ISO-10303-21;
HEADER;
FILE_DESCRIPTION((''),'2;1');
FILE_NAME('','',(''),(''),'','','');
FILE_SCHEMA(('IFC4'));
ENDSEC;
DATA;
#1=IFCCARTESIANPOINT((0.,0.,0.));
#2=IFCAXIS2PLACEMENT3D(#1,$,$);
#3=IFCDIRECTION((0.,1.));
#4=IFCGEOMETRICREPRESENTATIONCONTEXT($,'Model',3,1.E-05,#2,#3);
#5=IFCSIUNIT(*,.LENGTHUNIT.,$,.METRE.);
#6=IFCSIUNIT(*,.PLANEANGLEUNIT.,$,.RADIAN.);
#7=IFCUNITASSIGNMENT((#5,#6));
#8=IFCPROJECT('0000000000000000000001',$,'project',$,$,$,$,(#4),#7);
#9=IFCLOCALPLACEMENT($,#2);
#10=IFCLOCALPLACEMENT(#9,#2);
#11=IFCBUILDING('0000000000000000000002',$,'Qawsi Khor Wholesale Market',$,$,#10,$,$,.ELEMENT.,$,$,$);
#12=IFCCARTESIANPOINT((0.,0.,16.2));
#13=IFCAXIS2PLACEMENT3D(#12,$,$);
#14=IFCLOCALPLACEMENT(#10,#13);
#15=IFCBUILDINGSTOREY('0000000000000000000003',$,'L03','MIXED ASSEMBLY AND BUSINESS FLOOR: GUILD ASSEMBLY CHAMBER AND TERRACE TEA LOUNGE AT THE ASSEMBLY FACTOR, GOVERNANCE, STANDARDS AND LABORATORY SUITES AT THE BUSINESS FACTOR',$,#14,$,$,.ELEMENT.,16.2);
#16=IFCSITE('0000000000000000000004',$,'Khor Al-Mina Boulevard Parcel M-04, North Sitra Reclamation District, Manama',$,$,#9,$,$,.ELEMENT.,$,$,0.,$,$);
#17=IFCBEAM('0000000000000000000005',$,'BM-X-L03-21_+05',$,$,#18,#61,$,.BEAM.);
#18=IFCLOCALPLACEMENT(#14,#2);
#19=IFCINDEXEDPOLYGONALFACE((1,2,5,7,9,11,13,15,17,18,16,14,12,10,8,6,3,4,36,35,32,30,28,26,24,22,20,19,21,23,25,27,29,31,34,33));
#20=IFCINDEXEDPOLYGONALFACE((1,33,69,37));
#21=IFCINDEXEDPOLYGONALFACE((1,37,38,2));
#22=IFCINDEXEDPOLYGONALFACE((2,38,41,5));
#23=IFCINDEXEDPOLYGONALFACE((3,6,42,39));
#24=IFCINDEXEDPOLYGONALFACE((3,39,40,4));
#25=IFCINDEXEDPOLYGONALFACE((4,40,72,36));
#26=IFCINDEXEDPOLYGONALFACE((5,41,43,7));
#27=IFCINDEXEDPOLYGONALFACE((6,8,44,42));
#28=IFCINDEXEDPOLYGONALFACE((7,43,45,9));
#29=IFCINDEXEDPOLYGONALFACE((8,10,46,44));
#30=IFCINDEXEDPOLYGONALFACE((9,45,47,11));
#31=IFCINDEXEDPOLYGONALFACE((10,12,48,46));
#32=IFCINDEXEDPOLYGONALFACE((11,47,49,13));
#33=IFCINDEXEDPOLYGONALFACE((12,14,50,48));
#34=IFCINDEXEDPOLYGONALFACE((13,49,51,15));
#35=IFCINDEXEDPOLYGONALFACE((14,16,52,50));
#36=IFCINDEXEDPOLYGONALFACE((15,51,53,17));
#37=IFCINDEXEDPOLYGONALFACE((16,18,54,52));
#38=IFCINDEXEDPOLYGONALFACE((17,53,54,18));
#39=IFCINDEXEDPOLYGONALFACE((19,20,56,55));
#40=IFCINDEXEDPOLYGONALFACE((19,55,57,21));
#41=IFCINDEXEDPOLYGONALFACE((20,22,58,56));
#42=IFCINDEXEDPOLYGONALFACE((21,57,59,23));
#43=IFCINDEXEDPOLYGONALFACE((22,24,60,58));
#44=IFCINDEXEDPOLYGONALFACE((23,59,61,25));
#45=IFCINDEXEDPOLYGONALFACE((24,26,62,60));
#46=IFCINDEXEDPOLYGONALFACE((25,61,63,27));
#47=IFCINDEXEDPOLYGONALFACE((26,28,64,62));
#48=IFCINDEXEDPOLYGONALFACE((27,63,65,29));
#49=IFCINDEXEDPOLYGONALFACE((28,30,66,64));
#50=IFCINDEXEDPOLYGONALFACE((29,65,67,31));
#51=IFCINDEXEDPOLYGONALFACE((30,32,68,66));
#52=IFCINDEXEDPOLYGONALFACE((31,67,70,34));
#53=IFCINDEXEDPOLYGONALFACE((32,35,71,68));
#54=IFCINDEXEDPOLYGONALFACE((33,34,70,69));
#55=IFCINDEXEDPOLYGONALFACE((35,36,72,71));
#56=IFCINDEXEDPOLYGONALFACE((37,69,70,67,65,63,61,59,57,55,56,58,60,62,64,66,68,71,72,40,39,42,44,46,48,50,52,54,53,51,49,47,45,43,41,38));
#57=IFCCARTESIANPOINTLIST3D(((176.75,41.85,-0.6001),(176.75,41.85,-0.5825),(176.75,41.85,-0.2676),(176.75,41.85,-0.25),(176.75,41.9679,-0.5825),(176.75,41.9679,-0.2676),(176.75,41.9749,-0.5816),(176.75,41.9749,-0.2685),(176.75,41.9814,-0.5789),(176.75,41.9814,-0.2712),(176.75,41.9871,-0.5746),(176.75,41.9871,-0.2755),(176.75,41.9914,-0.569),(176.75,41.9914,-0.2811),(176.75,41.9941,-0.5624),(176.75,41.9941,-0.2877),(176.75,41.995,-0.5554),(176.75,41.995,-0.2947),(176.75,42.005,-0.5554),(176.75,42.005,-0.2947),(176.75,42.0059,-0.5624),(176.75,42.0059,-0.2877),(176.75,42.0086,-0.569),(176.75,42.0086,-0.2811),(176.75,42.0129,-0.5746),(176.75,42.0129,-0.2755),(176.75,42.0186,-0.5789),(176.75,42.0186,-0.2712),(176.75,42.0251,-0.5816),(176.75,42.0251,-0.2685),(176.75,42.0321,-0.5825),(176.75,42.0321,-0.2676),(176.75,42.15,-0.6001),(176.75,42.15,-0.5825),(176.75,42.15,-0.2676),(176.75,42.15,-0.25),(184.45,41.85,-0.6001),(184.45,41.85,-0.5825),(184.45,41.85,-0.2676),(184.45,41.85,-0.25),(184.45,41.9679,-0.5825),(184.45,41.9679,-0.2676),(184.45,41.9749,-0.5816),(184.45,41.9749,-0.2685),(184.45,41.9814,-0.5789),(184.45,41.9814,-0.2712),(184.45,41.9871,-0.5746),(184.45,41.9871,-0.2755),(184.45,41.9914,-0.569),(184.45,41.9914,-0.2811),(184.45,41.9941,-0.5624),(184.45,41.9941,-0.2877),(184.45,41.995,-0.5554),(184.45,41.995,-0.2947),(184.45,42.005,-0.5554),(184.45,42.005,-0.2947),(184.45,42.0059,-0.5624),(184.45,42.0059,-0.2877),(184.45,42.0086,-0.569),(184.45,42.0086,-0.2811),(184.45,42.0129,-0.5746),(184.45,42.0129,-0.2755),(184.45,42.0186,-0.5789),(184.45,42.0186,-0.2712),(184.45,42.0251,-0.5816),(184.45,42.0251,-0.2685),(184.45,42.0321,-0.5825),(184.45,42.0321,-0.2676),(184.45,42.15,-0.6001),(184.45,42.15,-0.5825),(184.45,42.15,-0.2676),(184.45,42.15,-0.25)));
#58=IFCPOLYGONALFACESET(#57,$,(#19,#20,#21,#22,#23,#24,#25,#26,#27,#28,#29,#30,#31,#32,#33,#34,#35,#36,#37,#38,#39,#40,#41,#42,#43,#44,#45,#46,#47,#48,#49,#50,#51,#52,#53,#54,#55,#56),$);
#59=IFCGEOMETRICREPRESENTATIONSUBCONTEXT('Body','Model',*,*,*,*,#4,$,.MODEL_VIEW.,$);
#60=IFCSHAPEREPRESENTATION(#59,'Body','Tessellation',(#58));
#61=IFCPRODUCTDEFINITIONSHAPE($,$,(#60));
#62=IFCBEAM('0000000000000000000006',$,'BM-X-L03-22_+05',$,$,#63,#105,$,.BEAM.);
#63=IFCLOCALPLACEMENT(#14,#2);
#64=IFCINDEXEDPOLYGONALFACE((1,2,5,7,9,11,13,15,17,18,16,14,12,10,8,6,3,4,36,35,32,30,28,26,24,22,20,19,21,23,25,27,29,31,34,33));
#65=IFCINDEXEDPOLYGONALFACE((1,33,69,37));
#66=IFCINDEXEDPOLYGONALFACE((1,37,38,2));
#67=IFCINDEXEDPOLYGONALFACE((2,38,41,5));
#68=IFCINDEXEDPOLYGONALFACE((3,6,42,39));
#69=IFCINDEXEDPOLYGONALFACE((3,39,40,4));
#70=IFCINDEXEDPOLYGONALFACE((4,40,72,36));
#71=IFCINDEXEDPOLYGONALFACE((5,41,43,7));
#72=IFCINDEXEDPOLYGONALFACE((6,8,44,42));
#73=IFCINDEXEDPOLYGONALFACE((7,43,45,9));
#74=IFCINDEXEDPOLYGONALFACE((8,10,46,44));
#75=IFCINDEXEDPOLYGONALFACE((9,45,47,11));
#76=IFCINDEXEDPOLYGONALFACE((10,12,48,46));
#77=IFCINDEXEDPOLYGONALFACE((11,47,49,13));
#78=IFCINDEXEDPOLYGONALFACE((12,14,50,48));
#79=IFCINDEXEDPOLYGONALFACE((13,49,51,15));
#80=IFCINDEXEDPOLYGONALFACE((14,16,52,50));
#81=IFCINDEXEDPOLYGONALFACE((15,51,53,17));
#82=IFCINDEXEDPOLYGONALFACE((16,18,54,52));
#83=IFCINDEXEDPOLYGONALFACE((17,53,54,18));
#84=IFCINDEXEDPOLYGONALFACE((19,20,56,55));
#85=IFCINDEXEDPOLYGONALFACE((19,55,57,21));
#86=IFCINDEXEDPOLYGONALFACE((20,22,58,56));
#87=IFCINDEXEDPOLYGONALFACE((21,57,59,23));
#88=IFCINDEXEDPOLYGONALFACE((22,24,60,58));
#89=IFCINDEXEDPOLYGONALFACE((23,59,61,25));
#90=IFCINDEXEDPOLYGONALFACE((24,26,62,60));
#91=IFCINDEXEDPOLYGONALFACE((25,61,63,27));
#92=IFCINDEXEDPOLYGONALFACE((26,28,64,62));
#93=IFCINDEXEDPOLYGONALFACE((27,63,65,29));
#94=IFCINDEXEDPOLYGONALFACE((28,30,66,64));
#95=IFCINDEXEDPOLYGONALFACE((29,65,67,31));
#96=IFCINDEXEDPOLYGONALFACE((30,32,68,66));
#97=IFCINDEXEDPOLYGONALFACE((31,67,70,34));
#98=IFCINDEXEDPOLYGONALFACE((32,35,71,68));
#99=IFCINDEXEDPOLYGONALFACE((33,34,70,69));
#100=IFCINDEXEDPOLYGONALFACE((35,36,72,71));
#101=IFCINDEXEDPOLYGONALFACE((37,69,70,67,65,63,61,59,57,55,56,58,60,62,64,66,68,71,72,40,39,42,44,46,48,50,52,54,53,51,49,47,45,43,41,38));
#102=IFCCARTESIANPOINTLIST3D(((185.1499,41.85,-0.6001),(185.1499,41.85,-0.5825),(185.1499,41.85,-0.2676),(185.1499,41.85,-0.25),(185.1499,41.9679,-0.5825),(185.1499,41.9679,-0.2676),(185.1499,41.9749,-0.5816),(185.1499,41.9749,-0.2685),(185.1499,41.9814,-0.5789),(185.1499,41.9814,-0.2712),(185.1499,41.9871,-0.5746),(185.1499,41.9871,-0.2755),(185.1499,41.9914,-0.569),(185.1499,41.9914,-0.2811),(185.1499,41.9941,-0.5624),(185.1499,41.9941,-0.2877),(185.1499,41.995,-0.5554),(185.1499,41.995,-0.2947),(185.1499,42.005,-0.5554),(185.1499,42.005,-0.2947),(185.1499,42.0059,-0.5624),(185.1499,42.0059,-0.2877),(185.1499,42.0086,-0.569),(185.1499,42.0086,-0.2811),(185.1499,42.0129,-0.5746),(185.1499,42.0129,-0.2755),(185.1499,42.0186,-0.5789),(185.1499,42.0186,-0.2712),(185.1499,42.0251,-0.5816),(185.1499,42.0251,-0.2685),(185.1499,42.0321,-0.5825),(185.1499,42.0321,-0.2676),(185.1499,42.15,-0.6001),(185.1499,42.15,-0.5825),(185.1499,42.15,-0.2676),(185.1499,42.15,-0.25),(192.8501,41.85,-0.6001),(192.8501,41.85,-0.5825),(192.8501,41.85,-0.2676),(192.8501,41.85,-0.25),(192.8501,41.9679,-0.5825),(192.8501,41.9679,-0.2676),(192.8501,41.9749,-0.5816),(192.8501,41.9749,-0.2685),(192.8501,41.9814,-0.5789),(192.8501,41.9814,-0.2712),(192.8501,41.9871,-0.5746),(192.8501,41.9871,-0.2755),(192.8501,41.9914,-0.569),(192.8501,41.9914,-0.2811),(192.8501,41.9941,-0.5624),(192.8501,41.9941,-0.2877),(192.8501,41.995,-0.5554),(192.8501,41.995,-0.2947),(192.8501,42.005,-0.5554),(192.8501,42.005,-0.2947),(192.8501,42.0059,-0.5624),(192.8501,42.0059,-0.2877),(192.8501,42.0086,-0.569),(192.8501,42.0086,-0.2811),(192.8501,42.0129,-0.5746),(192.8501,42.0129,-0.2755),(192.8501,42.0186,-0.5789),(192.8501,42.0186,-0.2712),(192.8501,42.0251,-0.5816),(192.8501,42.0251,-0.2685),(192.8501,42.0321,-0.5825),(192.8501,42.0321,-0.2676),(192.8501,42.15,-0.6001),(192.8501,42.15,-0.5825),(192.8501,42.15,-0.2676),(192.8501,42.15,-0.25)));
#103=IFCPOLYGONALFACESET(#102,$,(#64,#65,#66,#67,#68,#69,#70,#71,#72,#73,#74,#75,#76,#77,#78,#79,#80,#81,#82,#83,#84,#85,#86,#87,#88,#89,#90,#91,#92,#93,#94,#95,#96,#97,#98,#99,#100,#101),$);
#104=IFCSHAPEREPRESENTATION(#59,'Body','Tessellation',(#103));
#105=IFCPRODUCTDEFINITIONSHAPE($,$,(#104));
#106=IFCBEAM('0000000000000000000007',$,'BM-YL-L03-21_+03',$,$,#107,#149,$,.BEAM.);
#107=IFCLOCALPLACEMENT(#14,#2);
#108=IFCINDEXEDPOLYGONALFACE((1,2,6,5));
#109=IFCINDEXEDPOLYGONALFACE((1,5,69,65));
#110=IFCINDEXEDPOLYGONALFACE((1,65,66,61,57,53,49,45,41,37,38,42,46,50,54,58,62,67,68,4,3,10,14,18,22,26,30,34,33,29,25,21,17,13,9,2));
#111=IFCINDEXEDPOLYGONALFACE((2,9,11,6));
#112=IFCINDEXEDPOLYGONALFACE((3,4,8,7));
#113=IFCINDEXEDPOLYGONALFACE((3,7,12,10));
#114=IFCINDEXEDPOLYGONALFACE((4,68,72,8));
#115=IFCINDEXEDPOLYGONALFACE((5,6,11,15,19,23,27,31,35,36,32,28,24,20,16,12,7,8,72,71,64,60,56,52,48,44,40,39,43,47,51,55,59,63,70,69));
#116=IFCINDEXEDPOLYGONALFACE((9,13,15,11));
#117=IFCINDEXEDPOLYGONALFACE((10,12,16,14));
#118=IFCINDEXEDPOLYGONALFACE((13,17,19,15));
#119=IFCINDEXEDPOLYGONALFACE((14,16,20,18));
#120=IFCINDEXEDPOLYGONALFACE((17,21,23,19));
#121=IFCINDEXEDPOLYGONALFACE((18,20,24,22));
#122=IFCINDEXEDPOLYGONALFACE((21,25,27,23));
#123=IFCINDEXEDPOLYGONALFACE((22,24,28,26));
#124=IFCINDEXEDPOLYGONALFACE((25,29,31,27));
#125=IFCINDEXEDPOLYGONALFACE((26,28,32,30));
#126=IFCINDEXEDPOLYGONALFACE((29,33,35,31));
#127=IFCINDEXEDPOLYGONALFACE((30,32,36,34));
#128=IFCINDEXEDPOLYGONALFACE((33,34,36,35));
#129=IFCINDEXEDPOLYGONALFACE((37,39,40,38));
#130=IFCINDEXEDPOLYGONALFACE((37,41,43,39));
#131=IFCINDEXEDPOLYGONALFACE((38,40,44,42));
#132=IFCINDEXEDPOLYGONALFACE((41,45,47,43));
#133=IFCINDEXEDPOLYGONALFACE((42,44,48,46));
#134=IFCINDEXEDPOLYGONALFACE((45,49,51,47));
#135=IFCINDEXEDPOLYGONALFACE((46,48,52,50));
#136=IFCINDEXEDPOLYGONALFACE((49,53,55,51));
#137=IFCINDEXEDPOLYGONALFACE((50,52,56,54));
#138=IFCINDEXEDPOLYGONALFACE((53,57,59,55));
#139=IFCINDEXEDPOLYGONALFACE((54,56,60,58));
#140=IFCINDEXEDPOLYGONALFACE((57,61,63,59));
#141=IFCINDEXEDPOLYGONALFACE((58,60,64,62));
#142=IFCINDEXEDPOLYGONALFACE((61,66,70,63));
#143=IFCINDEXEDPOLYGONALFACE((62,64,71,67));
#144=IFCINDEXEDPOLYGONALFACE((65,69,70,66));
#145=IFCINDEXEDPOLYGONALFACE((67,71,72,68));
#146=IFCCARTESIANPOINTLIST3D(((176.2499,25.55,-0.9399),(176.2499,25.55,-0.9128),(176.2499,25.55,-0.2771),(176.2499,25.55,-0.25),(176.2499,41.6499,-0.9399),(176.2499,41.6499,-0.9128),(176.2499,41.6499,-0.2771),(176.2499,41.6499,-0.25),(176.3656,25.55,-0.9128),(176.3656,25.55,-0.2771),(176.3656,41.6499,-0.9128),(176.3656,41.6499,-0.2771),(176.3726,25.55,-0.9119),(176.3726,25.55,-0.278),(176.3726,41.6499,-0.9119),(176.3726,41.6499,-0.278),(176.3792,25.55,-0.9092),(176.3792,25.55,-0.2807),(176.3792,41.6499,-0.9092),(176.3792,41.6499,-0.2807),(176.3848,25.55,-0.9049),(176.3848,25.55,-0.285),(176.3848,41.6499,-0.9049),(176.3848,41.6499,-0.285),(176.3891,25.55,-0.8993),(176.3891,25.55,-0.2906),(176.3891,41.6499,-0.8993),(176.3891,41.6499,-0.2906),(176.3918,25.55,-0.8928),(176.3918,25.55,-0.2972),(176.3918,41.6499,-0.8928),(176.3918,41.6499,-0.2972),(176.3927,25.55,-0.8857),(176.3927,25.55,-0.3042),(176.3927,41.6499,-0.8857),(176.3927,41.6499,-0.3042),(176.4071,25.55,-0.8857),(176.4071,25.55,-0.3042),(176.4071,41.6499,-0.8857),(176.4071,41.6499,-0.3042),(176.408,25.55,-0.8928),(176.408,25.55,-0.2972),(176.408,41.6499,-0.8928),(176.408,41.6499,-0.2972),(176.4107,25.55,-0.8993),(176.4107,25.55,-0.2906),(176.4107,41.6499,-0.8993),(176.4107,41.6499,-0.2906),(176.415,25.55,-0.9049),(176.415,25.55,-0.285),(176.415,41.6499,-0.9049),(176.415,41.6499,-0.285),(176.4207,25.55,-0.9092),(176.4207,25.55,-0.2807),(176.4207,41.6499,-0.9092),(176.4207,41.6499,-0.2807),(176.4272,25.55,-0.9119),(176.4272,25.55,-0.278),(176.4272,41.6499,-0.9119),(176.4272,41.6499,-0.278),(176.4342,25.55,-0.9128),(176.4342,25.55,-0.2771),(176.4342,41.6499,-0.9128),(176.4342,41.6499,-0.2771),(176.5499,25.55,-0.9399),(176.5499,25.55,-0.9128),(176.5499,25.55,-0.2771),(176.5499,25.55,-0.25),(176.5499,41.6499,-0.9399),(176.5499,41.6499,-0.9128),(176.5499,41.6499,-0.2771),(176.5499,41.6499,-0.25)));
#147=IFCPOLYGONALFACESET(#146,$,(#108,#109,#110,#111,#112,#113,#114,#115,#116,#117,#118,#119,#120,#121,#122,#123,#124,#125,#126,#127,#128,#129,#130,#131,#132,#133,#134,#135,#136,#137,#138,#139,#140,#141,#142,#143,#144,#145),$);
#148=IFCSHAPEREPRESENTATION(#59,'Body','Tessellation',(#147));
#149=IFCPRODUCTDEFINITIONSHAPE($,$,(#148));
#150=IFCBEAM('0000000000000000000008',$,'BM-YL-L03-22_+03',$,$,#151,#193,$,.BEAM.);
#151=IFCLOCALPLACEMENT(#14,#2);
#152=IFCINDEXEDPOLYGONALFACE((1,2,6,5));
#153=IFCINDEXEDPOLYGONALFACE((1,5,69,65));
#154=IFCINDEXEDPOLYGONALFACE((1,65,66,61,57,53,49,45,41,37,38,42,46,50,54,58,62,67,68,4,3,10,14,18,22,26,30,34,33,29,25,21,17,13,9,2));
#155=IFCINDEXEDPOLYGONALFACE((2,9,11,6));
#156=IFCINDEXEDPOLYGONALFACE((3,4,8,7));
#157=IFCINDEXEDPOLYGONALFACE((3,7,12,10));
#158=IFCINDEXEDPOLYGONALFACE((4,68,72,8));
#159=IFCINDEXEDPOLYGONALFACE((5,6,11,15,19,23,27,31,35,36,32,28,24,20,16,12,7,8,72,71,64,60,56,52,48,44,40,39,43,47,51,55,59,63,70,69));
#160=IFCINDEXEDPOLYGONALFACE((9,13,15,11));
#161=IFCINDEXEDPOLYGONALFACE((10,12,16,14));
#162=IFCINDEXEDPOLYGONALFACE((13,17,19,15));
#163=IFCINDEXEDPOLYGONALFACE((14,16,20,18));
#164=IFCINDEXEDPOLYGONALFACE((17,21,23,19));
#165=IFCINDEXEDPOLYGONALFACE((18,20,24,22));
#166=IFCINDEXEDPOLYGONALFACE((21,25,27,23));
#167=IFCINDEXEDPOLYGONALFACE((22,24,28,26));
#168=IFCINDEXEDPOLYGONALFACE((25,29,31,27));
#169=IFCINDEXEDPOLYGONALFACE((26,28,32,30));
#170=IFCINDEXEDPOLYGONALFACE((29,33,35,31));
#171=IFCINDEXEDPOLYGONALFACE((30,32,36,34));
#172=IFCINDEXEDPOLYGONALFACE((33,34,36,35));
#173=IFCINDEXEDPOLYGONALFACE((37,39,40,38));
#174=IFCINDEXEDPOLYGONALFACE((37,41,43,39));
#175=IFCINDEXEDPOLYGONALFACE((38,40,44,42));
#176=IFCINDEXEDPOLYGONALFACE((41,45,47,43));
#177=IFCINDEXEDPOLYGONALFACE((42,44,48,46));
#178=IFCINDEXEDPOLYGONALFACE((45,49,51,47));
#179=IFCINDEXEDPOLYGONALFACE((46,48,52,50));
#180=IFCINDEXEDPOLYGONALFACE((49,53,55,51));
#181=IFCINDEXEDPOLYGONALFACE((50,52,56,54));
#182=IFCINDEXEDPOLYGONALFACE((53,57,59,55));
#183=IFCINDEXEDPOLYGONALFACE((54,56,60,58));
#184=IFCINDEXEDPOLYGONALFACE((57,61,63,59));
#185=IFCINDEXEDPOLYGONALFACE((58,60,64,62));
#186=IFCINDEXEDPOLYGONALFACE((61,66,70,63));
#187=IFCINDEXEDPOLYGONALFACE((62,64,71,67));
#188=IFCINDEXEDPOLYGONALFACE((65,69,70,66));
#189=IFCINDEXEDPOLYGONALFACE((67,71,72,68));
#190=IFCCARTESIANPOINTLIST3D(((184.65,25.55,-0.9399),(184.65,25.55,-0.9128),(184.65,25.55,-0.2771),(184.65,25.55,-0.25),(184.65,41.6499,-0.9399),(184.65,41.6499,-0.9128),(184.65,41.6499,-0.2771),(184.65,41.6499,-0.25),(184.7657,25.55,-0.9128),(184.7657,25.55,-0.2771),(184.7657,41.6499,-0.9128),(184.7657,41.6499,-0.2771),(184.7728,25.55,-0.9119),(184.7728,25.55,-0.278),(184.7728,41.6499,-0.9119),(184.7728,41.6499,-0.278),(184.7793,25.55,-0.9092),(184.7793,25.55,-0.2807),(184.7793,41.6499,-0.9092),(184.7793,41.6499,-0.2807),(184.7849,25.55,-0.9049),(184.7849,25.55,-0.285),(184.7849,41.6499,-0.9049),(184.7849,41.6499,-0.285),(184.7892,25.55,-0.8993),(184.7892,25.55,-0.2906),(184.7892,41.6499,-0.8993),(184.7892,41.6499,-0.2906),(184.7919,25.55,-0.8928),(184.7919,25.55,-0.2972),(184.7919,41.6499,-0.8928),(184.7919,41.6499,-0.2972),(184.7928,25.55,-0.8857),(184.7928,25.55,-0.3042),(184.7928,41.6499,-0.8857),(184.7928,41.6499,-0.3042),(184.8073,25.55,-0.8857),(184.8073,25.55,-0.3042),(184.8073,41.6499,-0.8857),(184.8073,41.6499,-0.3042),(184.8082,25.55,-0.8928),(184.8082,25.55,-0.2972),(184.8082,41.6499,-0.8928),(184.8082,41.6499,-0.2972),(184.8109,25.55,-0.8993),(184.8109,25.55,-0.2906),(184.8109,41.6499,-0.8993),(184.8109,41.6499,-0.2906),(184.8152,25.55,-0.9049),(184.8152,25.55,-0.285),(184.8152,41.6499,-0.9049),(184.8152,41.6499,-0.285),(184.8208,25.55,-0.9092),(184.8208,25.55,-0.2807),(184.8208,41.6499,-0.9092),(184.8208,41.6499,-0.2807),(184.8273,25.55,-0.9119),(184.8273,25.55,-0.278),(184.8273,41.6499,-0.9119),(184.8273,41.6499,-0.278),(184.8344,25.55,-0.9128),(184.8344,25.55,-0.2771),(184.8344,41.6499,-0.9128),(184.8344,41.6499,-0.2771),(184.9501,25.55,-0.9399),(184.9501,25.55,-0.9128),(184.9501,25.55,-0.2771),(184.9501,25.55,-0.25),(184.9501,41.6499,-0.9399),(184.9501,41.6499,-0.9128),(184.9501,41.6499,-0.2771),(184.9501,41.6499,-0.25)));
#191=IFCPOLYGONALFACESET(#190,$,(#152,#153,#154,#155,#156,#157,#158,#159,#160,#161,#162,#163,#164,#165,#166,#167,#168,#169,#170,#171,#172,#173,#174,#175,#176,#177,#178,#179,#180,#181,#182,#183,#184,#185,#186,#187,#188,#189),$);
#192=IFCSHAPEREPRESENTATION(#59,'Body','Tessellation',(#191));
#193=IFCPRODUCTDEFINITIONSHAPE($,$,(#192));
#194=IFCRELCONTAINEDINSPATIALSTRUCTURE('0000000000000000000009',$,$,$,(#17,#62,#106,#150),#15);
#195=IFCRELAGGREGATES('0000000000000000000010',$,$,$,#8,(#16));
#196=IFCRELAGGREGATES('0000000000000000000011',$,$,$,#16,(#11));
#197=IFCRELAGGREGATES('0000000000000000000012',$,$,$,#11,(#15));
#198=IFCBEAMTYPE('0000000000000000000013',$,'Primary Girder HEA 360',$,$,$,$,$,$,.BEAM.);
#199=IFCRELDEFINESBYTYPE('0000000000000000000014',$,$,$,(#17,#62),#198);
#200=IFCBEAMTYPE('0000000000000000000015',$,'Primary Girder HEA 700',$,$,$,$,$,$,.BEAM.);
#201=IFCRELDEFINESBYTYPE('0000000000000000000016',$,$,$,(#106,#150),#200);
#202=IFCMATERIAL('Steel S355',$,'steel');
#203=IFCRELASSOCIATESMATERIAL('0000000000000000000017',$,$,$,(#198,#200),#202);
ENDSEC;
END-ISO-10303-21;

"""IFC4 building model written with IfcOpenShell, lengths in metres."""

from ifc_helpers import new_model, si_unit, direction, frame, origin, origin_2d, place, context, subcontext, project, spatial, i_section, extrude, material, material_profile, profile_set, type_object, element, save


model = new_model("IFC4")

# Units and contexts
model_context = context("Model", 3, precision=1e-05, world=origin(), true_north=direction((0.0, 1.0)))
body_context = subcontext(model_context, "Body", "Model", "MODEL_VIEW")
ifc_project = project(units=[si_unit("LENGTHUNIT", "METRE"), si_unit("PLANEANGLEUNIT", "RADIAN")], contexts=[model_context])

# Site, building, storey
site_placement = place(None, origin())
site = spatial("IfcSite", under=ifc_project, at=site_placement, Name="Khor Al-Mina Boulevard Parcel M-04, North Sitra Reclamation District, Manama", CompositionType="ELEMENT", RefElevation=0.0)
building_placement = place(site_placement, origin())
building = spatial("IfcBuilding", under=site, at=building_placement, Name="Qawsi Khor Wholesale Market", CompositionType="ELEMENT")
storey_placement = place(building_placement, frame((0.0, 0.0, 16.2)))
storey = spatial("IfcBuildingStorey", under=building, at=storey_placement, Name="L03", Description="MIXED ASSEMBLY AND BUSINESS FLOOR: GUILD ASSEMBLY CHAMBER AND TERRACE TEA LOUNGE AT THE ASSEMBLY FACTOR, GOVERNANCE, STANDARDS AND LABORATORY SUITES AT THE BUSINESS FACTOR", CompositionType="ELEMENT", Elevation=16.2)

# Shared definitions
ifc_material_1 = material(Name="Steel S355", Category="steel")

# Beams
ifc_material_profile_1 = material_profile(ifc_material_1, i_section(OverallWidth=0.3, OverallDepth=0.3501, WebThickness=0.01, FlangeThickness=0.0176, FilletRadius=0.0271, at=origin_2d()), Name="HEA 360")
ifc_profile_set_1 = profile_set([ifc_material_profile_1], Name="Steel S355")
beam_type_1 = type_object("IfcBeamType", Name="Primary Girder HEA 360", PredefinedType="BEAM", material=ifc_profile_set_1)
for number, where, z_axis, x_axis, name in (
    (1, (176.75, 42.0, -0.425), (1.0, 0.0, 0.0), (0.0, 1.0, 0.0), "BM-X-L03-21_+05"),
):
    element("IfcBeam", number, at=place(storey_placement, frame(where, z_axis=z_axis, x_axis=x_axis)), inside=storey, type_object=beam_type_1, Name=name, PredefinedType="BEAM", context=body_context, shape_type="SweptSolid", body=[
        extrude(i_section(OverallWidth=0.3, OverallDepth=0.3501, WebThickness=0.01, FlangeThickness=0.0176, FilletRadius=0.0271, at=origin_2d()), origin(), (0.0, 0.0, 1.0), 7.7),
    ])
beam_1_placement = place(storey_placement, frame((185.1499, 42.0, -0.425), z_axis=(1.0, 0.0, 0.0), x_axis=(0.0, 1.0, 0.0)))
element("IfcBeam", 2, at=beam_1_placement, inside=storey, type_object=beam_type_1, Name="BM-X-L03-22_+05", PredefinedType="BEAM", context=body_context, shape_type="SweptSolid", body=[
    extrude(i_section(OverallWidth=0.3, OverallDepth=0.3501, WebThickness=0.01, FlangeThickness=0.0176, FilletRadius=0.0271, at=origin_2d()), origin(), (0.0, 0.0, 1.0), 7.7002),
])
ifc_material_profile_2 = material_profile(ifc_material_1, i_section(OverallWidth=0.3, OverallDepth=0.6899, WebThickness=0.0144, FlangeThickness=0.0271, FilletRadius=0.0271, at=origin_2d()), Name="HEA 700")
ifc_profile_set_2 = profile_set([ifc_material_profile_2], Name="Steel S355")
beam_type_2 = type_object("IfcBeamType", Name="Primary Girder HEA 700", PredefinedType="BEAM", material=ifc_profile_set_2)
for number, where, z_axis, x_axis, name in (
    (3, (176.3999, 25.55, -0.595), (0.0, 1.0, 0.0), (-1.0, 0.0, 0.0), "BM-YL-L03-21_+03"),
    (4, (184.8, 25.55, -0.595), (0.0, 1.0, 0.0), (-1.0, 0.0, 0.0), "BM-YL-L03-22_+03"),
):
    element("IfcBeam", number, at=place(storey_placement, frame(where, z_axis=z_axis, x_axis=x_axis)), inside=storey, type_object=beam_type_2, Name=name, PredefinedType="BEAM", context=body_context, shape_type="SweptSolid", body=[
        extrude(i_section(OverallWidth=0.3, OverallDepth=0.6899, WebThickness=0.0144, FlangeThickness=0.0271, FilletRadius=0.0271, at=origin_2d()), origin(), (0.0, 0.0, 1.0), 16.0999),
    ])

save(model, "model.ifc")
